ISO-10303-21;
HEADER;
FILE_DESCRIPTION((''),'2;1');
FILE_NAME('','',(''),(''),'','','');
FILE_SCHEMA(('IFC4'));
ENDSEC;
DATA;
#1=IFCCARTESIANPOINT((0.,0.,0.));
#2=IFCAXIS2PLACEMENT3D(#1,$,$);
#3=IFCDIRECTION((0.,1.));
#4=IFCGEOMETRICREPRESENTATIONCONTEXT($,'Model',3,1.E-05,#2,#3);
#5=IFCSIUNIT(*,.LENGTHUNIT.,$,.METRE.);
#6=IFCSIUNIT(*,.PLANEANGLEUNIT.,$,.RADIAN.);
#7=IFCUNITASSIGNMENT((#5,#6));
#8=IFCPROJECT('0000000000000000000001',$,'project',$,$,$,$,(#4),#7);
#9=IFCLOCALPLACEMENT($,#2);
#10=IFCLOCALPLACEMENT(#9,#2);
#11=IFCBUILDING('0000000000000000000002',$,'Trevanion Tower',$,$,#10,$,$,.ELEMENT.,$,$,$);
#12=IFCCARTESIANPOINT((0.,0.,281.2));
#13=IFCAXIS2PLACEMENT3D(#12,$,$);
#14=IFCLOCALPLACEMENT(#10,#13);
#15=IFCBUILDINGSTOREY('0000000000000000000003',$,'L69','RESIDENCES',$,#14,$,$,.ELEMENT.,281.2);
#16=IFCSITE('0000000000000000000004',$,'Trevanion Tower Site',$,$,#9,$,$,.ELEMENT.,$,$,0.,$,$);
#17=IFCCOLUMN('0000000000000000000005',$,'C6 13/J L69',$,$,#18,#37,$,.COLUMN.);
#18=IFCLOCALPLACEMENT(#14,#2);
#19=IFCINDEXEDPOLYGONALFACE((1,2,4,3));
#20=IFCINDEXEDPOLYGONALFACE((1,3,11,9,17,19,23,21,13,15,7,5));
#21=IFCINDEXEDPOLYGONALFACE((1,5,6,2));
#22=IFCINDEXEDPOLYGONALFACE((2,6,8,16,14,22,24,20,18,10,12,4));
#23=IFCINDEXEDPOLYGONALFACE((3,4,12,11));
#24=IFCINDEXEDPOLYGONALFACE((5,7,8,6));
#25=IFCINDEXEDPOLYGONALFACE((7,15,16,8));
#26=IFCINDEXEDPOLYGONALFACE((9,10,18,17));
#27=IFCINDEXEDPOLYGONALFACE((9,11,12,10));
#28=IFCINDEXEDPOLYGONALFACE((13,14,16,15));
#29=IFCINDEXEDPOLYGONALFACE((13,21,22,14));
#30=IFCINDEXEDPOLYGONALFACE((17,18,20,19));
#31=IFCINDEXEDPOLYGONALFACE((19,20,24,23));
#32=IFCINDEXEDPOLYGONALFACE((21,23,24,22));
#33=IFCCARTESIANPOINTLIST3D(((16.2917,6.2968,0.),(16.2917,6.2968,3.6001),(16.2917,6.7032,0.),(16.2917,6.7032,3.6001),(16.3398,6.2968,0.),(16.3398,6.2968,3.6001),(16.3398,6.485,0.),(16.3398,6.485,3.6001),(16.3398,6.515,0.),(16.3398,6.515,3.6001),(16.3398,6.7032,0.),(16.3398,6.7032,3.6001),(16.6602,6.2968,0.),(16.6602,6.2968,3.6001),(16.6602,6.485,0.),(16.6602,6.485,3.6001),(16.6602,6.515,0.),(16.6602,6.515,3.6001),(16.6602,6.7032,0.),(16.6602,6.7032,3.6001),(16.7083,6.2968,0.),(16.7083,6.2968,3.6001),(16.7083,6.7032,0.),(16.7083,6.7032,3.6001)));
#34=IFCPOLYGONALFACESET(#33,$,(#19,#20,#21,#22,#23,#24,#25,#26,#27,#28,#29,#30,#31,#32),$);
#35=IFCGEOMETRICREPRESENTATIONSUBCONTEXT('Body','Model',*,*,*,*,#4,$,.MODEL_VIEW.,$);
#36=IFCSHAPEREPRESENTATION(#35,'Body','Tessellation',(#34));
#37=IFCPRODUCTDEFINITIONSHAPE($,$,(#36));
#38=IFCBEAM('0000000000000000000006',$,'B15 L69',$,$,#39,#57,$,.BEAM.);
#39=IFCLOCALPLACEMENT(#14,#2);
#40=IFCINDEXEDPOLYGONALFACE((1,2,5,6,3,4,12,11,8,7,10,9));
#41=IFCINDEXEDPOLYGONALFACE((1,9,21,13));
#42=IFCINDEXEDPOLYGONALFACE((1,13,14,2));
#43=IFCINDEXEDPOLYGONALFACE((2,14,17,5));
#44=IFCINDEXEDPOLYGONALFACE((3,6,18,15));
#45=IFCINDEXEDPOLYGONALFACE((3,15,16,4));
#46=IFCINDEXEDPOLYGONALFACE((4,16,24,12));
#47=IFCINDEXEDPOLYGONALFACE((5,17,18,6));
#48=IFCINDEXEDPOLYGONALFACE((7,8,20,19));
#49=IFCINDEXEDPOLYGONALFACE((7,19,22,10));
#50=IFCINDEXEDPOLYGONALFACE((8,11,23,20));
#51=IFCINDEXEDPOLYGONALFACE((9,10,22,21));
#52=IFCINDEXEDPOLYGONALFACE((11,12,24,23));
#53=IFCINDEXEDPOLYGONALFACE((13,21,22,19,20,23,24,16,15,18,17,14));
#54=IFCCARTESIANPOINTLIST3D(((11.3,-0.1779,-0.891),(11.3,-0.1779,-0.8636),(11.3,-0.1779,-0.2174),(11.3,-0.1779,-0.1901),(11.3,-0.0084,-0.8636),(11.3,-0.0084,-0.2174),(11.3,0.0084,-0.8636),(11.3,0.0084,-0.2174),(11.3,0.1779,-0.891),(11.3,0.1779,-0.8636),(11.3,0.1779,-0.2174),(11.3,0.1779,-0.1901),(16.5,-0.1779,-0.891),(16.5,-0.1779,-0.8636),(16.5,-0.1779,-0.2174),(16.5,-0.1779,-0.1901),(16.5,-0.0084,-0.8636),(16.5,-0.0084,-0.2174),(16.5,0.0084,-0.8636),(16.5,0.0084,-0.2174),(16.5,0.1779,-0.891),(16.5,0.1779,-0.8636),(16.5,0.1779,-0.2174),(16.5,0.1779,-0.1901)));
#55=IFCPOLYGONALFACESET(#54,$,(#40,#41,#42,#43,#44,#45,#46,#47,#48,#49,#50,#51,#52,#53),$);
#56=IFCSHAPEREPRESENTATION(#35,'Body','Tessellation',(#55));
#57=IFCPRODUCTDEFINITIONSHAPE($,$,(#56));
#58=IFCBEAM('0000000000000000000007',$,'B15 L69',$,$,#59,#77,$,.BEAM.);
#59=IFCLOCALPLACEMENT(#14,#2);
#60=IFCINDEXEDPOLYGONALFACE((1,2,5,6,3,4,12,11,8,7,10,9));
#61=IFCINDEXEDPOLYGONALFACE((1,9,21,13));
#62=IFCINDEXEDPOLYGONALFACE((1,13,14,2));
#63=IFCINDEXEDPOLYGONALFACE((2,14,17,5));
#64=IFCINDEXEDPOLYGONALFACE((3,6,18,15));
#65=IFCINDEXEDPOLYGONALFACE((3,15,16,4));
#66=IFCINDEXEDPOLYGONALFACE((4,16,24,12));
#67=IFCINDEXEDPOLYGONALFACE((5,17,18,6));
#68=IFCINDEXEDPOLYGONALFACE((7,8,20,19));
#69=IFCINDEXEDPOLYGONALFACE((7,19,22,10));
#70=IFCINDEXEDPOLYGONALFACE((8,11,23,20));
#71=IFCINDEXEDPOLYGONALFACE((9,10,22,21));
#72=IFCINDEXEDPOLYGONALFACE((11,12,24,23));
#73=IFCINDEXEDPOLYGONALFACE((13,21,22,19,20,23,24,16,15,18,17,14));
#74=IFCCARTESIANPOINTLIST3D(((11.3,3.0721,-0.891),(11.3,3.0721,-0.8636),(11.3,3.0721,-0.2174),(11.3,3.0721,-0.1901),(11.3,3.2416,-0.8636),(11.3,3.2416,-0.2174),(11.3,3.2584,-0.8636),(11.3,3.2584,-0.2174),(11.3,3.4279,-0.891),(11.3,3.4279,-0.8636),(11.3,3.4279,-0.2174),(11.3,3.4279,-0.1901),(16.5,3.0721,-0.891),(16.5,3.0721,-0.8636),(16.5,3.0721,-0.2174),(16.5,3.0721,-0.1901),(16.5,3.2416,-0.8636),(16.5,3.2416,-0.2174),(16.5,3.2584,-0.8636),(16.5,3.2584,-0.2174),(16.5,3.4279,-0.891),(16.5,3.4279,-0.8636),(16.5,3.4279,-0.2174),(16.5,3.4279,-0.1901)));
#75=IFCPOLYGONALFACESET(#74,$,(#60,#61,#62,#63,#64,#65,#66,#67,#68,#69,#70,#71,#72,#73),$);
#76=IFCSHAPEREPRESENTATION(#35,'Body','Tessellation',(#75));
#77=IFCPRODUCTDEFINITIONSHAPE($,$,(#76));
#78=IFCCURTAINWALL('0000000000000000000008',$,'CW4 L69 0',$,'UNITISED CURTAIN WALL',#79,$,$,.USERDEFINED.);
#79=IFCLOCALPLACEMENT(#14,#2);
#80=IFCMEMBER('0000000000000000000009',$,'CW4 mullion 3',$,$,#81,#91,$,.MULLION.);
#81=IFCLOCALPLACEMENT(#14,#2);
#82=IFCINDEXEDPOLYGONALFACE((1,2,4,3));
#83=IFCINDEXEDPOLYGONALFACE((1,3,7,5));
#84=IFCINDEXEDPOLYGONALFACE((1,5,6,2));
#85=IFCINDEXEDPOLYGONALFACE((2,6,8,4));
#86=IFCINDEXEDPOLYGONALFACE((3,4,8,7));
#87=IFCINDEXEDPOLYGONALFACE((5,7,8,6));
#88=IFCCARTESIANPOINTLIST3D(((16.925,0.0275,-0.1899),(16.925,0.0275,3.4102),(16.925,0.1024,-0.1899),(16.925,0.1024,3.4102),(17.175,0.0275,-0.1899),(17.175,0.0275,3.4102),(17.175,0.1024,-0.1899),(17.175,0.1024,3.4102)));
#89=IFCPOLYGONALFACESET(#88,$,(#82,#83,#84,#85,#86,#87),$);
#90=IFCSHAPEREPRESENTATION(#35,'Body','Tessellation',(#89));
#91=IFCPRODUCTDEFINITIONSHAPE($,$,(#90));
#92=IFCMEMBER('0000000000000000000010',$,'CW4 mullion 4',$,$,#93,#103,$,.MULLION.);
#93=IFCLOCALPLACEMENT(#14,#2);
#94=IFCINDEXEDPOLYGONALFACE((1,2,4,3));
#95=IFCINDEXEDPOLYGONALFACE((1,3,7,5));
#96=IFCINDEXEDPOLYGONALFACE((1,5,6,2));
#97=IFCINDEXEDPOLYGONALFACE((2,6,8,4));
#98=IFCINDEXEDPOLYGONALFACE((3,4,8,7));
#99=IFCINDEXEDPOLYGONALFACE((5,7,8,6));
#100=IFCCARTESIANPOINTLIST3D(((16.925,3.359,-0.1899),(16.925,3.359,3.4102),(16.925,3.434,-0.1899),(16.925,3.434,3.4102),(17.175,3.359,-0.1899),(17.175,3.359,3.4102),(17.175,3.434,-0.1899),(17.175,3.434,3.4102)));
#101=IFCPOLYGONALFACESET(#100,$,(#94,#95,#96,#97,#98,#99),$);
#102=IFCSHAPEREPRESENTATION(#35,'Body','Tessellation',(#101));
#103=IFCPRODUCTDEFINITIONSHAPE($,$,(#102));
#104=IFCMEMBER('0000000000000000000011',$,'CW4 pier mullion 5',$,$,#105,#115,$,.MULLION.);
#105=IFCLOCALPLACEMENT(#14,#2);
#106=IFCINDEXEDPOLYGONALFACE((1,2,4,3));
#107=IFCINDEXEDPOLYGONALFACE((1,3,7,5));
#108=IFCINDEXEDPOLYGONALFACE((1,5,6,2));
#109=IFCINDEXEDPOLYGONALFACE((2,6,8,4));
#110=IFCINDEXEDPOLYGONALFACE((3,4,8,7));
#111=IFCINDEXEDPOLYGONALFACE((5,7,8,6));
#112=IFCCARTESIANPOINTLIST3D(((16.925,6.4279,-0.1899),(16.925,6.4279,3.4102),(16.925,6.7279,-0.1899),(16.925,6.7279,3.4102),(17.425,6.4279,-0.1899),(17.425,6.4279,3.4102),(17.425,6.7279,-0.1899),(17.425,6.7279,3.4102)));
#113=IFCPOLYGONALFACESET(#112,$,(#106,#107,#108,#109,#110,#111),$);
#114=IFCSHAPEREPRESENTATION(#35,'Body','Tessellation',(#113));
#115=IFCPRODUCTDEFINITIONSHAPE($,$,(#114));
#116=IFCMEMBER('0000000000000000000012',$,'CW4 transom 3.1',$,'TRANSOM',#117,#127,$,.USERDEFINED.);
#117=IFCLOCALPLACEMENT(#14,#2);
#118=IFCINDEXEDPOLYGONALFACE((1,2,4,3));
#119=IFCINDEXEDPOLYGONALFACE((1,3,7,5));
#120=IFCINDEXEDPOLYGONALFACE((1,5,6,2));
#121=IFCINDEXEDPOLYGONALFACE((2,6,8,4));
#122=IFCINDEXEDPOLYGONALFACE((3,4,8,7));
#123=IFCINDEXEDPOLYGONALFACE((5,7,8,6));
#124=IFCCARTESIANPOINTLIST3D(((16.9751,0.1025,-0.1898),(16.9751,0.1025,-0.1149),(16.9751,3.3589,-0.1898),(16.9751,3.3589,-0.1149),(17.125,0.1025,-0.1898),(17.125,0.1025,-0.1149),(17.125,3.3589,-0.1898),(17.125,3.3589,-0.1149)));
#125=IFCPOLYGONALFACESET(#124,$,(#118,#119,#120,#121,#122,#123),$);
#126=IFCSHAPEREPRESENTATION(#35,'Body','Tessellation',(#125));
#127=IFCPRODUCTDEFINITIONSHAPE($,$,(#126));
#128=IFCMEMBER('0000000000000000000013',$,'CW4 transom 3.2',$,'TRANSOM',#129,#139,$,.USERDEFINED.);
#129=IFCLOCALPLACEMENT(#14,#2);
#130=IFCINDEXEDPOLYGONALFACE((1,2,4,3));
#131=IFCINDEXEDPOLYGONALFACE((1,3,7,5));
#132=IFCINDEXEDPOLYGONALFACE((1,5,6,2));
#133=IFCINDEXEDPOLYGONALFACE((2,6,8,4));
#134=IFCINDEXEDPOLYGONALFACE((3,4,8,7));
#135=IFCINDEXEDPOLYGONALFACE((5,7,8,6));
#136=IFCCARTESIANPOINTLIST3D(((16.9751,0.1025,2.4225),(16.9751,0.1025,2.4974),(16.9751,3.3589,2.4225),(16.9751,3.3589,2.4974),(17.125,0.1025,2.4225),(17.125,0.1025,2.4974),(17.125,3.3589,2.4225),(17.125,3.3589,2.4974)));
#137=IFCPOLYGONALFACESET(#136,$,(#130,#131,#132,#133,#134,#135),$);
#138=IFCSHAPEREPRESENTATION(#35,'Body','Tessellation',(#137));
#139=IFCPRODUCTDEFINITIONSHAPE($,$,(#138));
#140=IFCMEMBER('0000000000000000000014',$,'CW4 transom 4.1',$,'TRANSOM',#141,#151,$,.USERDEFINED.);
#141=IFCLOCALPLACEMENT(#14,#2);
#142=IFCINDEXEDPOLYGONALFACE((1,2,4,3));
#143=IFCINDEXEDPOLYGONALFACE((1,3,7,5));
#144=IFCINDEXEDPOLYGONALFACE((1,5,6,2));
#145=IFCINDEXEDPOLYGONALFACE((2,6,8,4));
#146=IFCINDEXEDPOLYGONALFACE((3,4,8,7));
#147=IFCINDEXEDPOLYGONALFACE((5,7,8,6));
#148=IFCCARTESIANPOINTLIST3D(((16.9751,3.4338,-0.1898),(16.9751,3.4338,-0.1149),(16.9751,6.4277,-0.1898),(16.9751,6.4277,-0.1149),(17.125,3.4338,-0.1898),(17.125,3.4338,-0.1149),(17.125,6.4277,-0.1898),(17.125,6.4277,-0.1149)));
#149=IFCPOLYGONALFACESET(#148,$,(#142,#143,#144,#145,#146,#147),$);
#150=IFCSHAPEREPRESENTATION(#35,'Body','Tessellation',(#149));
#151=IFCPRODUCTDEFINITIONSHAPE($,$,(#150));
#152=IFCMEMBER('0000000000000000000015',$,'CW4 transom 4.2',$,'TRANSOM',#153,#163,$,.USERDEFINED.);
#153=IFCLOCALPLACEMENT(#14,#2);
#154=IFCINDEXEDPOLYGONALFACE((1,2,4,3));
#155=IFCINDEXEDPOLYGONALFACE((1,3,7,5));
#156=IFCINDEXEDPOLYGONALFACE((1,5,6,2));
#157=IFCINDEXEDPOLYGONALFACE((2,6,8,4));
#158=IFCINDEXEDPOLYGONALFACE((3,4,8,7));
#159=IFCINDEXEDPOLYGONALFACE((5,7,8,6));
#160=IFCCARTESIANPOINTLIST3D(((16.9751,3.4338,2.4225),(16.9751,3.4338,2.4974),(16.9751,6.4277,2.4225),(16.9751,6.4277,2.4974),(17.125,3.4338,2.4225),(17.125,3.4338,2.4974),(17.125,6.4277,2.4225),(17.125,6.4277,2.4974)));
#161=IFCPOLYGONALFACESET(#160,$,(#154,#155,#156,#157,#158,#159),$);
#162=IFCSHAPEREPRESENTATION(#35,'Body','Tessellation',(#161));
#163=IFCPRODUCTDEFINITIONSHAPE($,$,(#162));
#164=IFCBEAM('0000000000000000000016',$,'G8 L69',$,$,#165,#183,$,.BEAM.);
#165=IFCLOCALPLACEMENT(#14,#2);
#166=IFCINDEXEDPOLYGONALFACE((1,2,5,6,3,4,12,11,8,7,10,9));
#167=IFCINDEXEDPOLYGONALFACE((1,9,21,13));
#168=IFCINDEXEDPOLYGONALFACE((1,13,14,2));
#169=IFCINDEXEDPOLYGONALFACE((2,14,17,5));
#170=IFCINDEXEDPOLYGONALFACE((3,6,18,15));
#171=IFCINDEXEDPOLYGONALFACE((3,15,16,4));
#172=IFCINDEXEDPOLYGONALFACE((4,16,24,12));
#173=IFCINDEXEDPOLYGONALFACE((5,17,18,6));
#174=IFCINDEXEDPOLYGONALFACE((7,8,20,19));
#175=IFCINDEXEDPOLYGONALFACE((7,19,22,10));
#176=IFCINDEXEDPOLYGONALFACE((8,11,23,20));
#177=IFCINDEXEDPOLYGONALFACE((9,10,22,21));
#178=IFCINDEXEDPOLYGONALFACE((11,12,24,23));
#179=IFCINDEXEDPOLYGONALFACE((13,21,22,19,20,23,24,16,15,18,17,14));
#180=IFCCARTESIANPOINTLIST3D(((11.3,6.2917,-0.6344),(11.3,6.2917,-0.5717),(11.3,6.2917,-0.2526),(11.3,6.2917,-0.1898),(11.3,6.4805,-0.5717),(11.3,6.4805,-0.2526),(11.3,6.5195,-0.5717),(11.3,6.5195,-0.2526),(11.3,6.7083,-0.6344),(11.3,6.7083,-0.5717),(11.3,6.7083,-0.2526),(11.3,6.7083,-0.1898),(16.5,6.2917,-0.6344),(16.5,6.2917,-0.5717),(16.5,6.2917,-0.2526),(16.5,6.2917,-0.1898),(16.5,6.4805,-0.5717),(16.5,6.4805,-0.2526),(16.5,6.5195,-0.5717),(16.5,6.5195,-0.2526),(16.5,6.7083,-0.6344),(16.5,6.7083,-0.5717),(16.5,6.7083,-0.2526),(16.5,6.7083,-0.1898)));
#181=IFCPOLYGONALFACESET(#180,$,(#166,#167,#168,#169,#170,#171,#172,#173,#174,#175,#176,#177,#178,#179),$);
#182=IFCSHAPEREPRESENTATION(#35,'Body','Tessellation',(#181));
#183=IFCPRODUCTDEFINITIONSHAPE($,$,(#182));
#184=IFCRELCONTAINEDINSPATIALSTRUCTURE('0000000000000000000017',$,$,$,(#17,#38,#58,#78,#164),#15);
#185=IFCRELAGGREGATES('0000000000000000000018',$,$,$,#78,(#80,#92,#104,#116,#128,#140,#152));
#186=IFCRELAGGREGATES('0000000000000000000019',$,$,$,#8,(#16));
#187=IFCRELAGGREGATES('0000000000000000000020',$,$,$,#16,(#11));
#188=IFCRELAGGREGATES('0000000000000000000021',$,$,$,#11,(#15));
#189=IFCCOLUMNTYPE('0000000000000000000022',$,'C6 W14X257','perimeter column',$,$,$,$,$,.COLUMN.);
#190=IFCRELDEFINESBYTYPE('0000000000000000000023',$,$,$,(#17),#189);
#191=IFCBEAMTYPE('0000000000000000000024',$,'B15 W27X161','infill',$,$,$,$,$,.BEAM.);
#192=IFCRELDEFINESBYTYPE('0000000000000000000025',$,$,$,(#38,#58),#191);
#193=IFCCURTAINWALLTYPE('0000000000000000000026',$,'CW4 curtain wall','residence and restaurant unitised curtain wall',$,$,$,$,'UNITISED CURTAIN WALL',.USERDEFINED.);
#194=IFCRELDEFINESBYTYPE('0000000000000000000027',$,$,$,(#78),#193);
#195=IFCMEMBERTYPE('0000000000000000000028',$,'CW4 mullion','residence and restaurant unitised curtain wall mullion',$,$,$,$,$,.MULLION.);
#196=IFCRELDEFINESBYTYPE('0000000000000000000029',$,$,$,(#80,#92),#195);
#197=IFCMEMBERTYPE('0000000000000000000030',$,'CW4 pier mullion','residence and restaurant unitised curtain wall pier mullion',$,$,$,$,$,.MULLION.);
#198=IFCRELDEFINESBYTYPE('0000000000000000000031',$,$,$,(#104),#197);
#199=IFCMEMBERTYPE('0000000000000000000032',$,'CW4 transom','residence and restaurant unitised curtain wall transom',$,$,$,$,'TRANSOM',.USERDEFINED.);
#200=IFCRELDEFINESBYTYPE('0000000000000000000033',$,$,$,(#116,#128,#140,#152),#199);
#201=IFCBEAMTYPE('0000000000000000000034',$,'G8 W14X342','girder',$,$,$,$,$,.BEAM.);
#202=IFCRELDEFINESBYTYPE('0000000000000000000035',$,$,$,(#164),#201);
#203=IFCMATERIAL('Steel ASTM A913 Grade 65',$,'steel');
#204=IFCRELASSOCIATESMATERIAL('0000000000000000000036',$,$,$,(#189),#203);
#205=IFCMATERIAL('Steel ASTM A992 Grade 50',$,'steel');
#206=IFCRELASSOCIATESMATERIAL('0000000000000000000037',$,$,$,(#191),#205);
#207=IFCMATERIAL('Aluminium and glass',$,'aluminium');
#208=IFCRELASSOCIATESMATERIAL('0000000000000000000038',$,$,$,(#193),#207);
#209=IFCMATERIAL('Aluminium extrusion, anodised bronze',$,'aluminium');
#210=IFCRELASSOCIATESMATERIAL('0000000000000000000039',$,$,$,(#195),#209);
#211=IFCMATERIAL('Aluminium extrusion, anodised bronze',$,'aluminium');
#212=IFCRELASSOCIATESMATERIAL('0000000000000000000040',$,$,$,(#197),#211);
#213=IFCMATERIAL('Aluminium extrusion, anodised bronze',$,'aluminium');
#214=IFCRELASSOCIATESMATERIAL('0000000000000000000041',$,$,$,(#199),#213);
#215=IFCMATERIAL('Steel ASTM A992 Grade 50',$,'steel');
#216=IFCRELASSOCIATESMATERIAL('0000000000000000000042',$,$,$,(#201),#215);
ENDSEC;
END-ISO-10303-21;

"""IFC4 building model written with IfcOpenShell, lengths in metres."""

from ifc_helpers import new_model, si_unit, direction, frame, origin, origin_2d, place, context, subcontext, project, spatial, rectangle, i_section, extrude, material, material_profile, profile_set, type_object, element, aggregate, save


model = new_model("IFC4")

# Units and contexts
model_context = context("Model", 3, precision=1e-05, world=origin(), true_north=direction((0.0, 1.0)))
body_context = subcontext(model_context, "Body", "Model", "MODEL_VIEW")
ifc_project = project(units=[si_unit("LENGTHUNIT", "METRE"), si_unit("PLANEANGLEUNIT", "RADIAN")], contexts=[model_context])

# Site, building, storey
site_placement = place(None, origin())
site = spatial("IfcSite", under=ifc_project, at=site_placement, Name="Trevanion Tower Site", CompositionType="ELEMENT", RefElevation=0.0)
building_placement = place(site_placement, origin())
building = spatial("IfcBuilding", under=site, at=building_placement, Name="Trevanion Tower", CompositionType="ELEMENT")
storey_placement = place(building_placement, frame((0.0, 0.0, 281.2)))
storey = spatial("IfcBuildingStorey", under=building, at=storey_placement, Name="L69", Description="RESIDENCES", CompositionType="ELEMENT", Elevation=281.2)

# Column
ifc_material_1 = material(Name="Steel ASTM A913 Grade 65", Category="steel")
ifc_material_profile_1 = material_profile(ifc_material_1, i_section(OverallWidth=0.4065, OverallDepth=0.4165, WebThickness=0.03, FlangeThickness=0.0481, at=origin_2d()), Name="W14X257")
ifc_profile_set_1 = profile_set([ifc_material_profile_1], Name="Steel ASTM A913 Grade 65")
column_type = type_object("IfcColumnType", Name="C6 W14X257", Description="perimeter column", PredefinedType="COLUMN", material=ifc_profile_set_1)
column_placement = place(storey_placement, frame((16.5, 6.5, 0.0), z_axis=(0.0, 0.0, 1.0), x_axis=(0.0, 1.0, 0.0)))
element("IfcColumn", 1, at=column_placement, inside=storey, type_object=column_type, Name="C6 13/J L69", PredefinedType="COLUMN", context=body_context, shape_type="SweptSolid", body=[
    extrude(i_section(OverallWidth=0.4065, OverallDepth=0.4165, WebThickness=0.03, FlangeThickness=0.0481, at=origin_2d()), origin(), (0.0, 0.0, 1.0), 3.6001),
])

# Beams
ifc_material_2 = material(Name="Steel ASTM A992 Grade 50", Category="steel")
ifc_material_profile_2 = material_profile(ifc_material_2, i_section(OverallWidth=0.3557, OverallDepth=0.7009, WebThickness=0.0168, FlangeThickness=0.0273, at=origin_2d()), Name="W27X161")
ifc_profile_set_2 = profile_set([ifc_material_profile_2], Name="Steel ASTM A992 Grade 50")
beam_type_1 = type_object("IfcBeamType", Name="B15 W27X161", Description="infill", PredefinedType="BEAM", material=ifc_profile_set_2)
for number, where, z_axis, x_axis, name in (
    (2, (11.3, 0.0, -0.5405), (1.0, 0.0, 0.0), (0.0, 1.0, 0.0), "B15 L69"),
    (3, (11.3, 3.25, -0.5405), (1.0, 0.0, 0.0), (0.0, 1.0, 0.0), "B15 L69"),
):
    element("IfcBeam", number, at=place(storey_placement, frame(where, z_axis=z_axis, x_axis=x_axis)), inside=storey, type_object=beam_type_1, Name=name, PredefinedType="BEAM", context=body_context, shape_type="SweptSolid", body=[
        extrude(i_section(OverallWidth=0.3557, OverallDepth=0.7009, WebThickness=0.0168, FlangeThickness=0.0273, at=origin_2d()), origin(), (0.0, 0.0, 1.0), 5.2),
    ])

# Curtain wall, members
ifc_material_3 = material(Name="Aluminium and glass", Category="aluminium")
curtain_wall_type = type_object("IfcCurtainWallType", Name="CW4 curtain wall", Description="residence and restaurant unitised curtain wall", ElementType="UNITISED CURTAIN WALL", PredefinedType="USERDEFINED", material=ifc_material_3)
curtain_wall_placement = place(storey_placement, origin())
curtain_wall = element("IfcCurtainWall", 4, at=curtain_wall_placement, inside=storey, type_object=curtain_wall_type, Name="CW4 L69 0", ObjectType="UNITISED CURTAIN WALL", PredefinedType="USERDEFINED")
ifc_material_4 = material(Name="Aluminium extrusion, anodised bronze", Category="aluminium")
ifc_material_profile_3 = material_profile(ifc_material_4, rectangle(XDim=0.075, YDim=0.25, at=origin_2d()), Name="CW4 mullion")
ifc_profile_set_3 = profile_set([ifc_material_profile_3], Name="Aluminium extrusion, anodised bronze")
member_type_1 = type_object("IfcMemberType", Name="CW4 mullion", Description="residence and restaurant unitised curtain wall mullion", PredefinedType="MULLION", material=ifc_profile_set_3)
member_1_placement = place(storey_placement, frame((17.05, 0.0649, -0.1899), z_axis=(0.0, 0.0, 1.0), x_axis=(0.0, 1.0, 0.0)))
member_1 = element("IfcMember", 5, at=member_1_placement, type_object=member_type_1, Name="CW4 mullion 3", PredefinedType="MULLION", context=body_context, shape_type="SweptSolid", body=[
    extrude(rectangle(XDim=0.075, YDim=0.25, at=origin_2d()), origin(), (0.0, 0.0, 1.0), 3.6001),
])
member_2_placement = place(storey_placement, frame((17.05, 3.3965, -0.1899), z_axis=(0.0, 0.0, 1.0), x_axis=(0.0, 1.0, 0.0)))
member_2 = element("IfcMember", 6, at=member_2_placement, type_object=member_type_1, Name="CW4 mullion 4", PredefinedType="MULLION", context=body_context, shape_type="SweptSolid", body=[
    extrude(rectangle(XDim=0.075, YDim=0.25, at=origin_2d()), origin(), (0.0, 0.0, 1.0), 3.6001),
])
ifc_material_5 = material(Name="Aluminium extrusion, anodised bronze", Category="aluminium")
ifc_material_profile_4 = material_profile(ifc_material_5, rectangle(XDim=0.3, YDim=0.5, at=origin_2d()), Name="CW4 pier mullion")
ifc_profile_set_4 = profile_set([ifc_material_profile_4], Name="Aluminium extrusion, anodised bronze")
member_type_2 = type_object("IfcMemberType", Name="CW4 pier mullion", Description="residence and restaurant unitised curtain wall pier mullion", PredefinedType="MULLION", material=ifc_profile_set_4)
member_3_placement = place(storey_placement, frame((17.175, 6.5779, -0.1899), z_axis=(0.0, 0.0, 1.0), x_axis=(0.0, 1.0, 0.0)))
member_3 = element("IfcMember", 7, at=member_3_placement, type_object=member_type_2, Name="CW4 pier mullion 5", PredefinedType="MULLION", context=body_context, shape_type="SweptSolid", body=[
    extrude(rectangle(XDim=0.3, YDim=0.5, at=origin_2d()), origin(), (0.0, 0.0, 1.0), 3.6001),
])
ifc_material_6 = material(Name="Aluminium extrusion, anodised bronze", Category="aluminium")
ifc_material_profile_5 = material_profile(ifc_material_6, rectangle(XDim=0.1499, YDim=0.075, at=origin_2d()), Name="CW4 transom")
ifc_profile_set_5 = profile_set([ifc_material_profile_5], Name="Aluminium extrusion, anodised bronze")
member_type_3 = type_object("IfcMemberType", Name="CW4 transom", Description="residence and restaurant unitised curtain wall transom", ElementType="TRANSOM", PredefinedType="USERDEFINED", material=ifc_profile_set_5)
member_4_placement = place(storey_placement, frame((17.05, 0.1025, -0.1523), z_axis=(0.0, 1.0, 0.0), x_axis=(-1.0, 0.0, 0.0)))
member_4 = element("IfcMember", 8, at=member_4_placement, type_object=member_type_3, Name="CW4 transom 3.1", ObjectType="TRANSOM", PredefinedType="USERDEFINED", context=body_context, shape_type="SweptSolid", body=[
    extrude(rectangle(XDim=0.1499, YDim=0.075, at=origin_2d()), origin(), (0.0, 0.0, 1.0), 3.2563),
])
member_5_placement = place(storey_placement, frame((17.05, 0.1025, 2.46), z_axis=(0.0, 1.0, 0.0), x_axis=(-1.0, 0.0, 0.0)))
member_5 = element("IfcMember", 9, at=member_5_placement, type_object=member_type_3, Name="CW4 transom 3.2", ObjectType="TRANSOM", PredefinedType="USERDEFINED", context=body_context, shape_type="SweptSolid", body=[
    extrude(rectangle(XDim=0.1499, YDim=0.075, at=origin_2d()), origin(), (0.0, 0.0, 1.0), 3.2563),
])
member_6_placement = place(storey_placement, frame((17.05, 3.4338, -0.1523), z_axis=(0.0, 1.0, 0.0), x_axis=(-1.0, 0.0, 0.0)))
member_6 = element("IfcMember", 10, at=member_6_placement, type_object=member_type_3, Name="CW4 transom 4.1", ObjectType="TRANSOM", PredefinedType="USERDEFINED", context=body_context, shape_type="SweptSolid", body=[
    extrude(rectangle(XDim=0.1499, YDim=0.075, at=origin_2d()), origin(), (0.0, 0.0, 1.0), 2.9939),
])
member_7_placement = place(storey_placement, frame((17.05, 3.4338, 2.46), z_axis=(0.0, 1.0, 0.0), x_axis=(-1.0, 0.0, 0.0)))
member_7 = element("IfcMember", 11, at=member_7_placement, type_object=member_type_3, Name="CW4 transom 4.2", ObjectType="TRANSOM", PredefinedType="USERDEFINED", context=body_context, shape_type="SweptSolid", body=[
    extrude(rectangle(XDim=0.1499, YDim=0.075, at=origin_2d()), origin(), (0.0, 0.0, 1.0), 2.9939),
])

# Beam
ifc_material_7 = material(Name="Steel ASTM A992 Grade 50", Category="steel")
ifc_material_profile_6 = material_profile(ifc_material_7, i_section(OverallWidth=0.4165, OverallDepth=0.4446, WebThickness=0.0391, FlangeThickness=0.0627, at=origin_2d()), Name="W14X342")
ifc_profile_set_6 = profile_set([ifc_material_profile_6], Name="Steel ASTM A992 Grade 50")
beam_type_2 = type_object("IfcBeamType", Name="G8 W14X342", Description="girder", PredefinedType="BEAM", material=ifc_profile_set_6)
beam_1_placement = place(storey_placement, frame((11.3, 6.5, -0.4121), z_axis=(1.0, 0.0, 0.0), x_axis=(0.0, 1.0, 0.0)))
element("IfcBeam", 12, at=beam_1_placement, inside=storey, type_object=beam_type_2, Name="G8 L69", PredefinedType="BEAM", context=body_context, shape_type="SweptSolid", body=[
    extrude(i_section(OverallWidth=0.4165, OverallDepth=0.4446, WebThickness=0.0391, FlangeThickness=0.0627, at=origin_2d()), origin(), (0.0, 0.0, 1.0), 5.2),
])

aggregate(curtain_wall, [member_1, member_2, member_3, member_4, member_5, member_6, member_7])

save(model, "model.ifc")
